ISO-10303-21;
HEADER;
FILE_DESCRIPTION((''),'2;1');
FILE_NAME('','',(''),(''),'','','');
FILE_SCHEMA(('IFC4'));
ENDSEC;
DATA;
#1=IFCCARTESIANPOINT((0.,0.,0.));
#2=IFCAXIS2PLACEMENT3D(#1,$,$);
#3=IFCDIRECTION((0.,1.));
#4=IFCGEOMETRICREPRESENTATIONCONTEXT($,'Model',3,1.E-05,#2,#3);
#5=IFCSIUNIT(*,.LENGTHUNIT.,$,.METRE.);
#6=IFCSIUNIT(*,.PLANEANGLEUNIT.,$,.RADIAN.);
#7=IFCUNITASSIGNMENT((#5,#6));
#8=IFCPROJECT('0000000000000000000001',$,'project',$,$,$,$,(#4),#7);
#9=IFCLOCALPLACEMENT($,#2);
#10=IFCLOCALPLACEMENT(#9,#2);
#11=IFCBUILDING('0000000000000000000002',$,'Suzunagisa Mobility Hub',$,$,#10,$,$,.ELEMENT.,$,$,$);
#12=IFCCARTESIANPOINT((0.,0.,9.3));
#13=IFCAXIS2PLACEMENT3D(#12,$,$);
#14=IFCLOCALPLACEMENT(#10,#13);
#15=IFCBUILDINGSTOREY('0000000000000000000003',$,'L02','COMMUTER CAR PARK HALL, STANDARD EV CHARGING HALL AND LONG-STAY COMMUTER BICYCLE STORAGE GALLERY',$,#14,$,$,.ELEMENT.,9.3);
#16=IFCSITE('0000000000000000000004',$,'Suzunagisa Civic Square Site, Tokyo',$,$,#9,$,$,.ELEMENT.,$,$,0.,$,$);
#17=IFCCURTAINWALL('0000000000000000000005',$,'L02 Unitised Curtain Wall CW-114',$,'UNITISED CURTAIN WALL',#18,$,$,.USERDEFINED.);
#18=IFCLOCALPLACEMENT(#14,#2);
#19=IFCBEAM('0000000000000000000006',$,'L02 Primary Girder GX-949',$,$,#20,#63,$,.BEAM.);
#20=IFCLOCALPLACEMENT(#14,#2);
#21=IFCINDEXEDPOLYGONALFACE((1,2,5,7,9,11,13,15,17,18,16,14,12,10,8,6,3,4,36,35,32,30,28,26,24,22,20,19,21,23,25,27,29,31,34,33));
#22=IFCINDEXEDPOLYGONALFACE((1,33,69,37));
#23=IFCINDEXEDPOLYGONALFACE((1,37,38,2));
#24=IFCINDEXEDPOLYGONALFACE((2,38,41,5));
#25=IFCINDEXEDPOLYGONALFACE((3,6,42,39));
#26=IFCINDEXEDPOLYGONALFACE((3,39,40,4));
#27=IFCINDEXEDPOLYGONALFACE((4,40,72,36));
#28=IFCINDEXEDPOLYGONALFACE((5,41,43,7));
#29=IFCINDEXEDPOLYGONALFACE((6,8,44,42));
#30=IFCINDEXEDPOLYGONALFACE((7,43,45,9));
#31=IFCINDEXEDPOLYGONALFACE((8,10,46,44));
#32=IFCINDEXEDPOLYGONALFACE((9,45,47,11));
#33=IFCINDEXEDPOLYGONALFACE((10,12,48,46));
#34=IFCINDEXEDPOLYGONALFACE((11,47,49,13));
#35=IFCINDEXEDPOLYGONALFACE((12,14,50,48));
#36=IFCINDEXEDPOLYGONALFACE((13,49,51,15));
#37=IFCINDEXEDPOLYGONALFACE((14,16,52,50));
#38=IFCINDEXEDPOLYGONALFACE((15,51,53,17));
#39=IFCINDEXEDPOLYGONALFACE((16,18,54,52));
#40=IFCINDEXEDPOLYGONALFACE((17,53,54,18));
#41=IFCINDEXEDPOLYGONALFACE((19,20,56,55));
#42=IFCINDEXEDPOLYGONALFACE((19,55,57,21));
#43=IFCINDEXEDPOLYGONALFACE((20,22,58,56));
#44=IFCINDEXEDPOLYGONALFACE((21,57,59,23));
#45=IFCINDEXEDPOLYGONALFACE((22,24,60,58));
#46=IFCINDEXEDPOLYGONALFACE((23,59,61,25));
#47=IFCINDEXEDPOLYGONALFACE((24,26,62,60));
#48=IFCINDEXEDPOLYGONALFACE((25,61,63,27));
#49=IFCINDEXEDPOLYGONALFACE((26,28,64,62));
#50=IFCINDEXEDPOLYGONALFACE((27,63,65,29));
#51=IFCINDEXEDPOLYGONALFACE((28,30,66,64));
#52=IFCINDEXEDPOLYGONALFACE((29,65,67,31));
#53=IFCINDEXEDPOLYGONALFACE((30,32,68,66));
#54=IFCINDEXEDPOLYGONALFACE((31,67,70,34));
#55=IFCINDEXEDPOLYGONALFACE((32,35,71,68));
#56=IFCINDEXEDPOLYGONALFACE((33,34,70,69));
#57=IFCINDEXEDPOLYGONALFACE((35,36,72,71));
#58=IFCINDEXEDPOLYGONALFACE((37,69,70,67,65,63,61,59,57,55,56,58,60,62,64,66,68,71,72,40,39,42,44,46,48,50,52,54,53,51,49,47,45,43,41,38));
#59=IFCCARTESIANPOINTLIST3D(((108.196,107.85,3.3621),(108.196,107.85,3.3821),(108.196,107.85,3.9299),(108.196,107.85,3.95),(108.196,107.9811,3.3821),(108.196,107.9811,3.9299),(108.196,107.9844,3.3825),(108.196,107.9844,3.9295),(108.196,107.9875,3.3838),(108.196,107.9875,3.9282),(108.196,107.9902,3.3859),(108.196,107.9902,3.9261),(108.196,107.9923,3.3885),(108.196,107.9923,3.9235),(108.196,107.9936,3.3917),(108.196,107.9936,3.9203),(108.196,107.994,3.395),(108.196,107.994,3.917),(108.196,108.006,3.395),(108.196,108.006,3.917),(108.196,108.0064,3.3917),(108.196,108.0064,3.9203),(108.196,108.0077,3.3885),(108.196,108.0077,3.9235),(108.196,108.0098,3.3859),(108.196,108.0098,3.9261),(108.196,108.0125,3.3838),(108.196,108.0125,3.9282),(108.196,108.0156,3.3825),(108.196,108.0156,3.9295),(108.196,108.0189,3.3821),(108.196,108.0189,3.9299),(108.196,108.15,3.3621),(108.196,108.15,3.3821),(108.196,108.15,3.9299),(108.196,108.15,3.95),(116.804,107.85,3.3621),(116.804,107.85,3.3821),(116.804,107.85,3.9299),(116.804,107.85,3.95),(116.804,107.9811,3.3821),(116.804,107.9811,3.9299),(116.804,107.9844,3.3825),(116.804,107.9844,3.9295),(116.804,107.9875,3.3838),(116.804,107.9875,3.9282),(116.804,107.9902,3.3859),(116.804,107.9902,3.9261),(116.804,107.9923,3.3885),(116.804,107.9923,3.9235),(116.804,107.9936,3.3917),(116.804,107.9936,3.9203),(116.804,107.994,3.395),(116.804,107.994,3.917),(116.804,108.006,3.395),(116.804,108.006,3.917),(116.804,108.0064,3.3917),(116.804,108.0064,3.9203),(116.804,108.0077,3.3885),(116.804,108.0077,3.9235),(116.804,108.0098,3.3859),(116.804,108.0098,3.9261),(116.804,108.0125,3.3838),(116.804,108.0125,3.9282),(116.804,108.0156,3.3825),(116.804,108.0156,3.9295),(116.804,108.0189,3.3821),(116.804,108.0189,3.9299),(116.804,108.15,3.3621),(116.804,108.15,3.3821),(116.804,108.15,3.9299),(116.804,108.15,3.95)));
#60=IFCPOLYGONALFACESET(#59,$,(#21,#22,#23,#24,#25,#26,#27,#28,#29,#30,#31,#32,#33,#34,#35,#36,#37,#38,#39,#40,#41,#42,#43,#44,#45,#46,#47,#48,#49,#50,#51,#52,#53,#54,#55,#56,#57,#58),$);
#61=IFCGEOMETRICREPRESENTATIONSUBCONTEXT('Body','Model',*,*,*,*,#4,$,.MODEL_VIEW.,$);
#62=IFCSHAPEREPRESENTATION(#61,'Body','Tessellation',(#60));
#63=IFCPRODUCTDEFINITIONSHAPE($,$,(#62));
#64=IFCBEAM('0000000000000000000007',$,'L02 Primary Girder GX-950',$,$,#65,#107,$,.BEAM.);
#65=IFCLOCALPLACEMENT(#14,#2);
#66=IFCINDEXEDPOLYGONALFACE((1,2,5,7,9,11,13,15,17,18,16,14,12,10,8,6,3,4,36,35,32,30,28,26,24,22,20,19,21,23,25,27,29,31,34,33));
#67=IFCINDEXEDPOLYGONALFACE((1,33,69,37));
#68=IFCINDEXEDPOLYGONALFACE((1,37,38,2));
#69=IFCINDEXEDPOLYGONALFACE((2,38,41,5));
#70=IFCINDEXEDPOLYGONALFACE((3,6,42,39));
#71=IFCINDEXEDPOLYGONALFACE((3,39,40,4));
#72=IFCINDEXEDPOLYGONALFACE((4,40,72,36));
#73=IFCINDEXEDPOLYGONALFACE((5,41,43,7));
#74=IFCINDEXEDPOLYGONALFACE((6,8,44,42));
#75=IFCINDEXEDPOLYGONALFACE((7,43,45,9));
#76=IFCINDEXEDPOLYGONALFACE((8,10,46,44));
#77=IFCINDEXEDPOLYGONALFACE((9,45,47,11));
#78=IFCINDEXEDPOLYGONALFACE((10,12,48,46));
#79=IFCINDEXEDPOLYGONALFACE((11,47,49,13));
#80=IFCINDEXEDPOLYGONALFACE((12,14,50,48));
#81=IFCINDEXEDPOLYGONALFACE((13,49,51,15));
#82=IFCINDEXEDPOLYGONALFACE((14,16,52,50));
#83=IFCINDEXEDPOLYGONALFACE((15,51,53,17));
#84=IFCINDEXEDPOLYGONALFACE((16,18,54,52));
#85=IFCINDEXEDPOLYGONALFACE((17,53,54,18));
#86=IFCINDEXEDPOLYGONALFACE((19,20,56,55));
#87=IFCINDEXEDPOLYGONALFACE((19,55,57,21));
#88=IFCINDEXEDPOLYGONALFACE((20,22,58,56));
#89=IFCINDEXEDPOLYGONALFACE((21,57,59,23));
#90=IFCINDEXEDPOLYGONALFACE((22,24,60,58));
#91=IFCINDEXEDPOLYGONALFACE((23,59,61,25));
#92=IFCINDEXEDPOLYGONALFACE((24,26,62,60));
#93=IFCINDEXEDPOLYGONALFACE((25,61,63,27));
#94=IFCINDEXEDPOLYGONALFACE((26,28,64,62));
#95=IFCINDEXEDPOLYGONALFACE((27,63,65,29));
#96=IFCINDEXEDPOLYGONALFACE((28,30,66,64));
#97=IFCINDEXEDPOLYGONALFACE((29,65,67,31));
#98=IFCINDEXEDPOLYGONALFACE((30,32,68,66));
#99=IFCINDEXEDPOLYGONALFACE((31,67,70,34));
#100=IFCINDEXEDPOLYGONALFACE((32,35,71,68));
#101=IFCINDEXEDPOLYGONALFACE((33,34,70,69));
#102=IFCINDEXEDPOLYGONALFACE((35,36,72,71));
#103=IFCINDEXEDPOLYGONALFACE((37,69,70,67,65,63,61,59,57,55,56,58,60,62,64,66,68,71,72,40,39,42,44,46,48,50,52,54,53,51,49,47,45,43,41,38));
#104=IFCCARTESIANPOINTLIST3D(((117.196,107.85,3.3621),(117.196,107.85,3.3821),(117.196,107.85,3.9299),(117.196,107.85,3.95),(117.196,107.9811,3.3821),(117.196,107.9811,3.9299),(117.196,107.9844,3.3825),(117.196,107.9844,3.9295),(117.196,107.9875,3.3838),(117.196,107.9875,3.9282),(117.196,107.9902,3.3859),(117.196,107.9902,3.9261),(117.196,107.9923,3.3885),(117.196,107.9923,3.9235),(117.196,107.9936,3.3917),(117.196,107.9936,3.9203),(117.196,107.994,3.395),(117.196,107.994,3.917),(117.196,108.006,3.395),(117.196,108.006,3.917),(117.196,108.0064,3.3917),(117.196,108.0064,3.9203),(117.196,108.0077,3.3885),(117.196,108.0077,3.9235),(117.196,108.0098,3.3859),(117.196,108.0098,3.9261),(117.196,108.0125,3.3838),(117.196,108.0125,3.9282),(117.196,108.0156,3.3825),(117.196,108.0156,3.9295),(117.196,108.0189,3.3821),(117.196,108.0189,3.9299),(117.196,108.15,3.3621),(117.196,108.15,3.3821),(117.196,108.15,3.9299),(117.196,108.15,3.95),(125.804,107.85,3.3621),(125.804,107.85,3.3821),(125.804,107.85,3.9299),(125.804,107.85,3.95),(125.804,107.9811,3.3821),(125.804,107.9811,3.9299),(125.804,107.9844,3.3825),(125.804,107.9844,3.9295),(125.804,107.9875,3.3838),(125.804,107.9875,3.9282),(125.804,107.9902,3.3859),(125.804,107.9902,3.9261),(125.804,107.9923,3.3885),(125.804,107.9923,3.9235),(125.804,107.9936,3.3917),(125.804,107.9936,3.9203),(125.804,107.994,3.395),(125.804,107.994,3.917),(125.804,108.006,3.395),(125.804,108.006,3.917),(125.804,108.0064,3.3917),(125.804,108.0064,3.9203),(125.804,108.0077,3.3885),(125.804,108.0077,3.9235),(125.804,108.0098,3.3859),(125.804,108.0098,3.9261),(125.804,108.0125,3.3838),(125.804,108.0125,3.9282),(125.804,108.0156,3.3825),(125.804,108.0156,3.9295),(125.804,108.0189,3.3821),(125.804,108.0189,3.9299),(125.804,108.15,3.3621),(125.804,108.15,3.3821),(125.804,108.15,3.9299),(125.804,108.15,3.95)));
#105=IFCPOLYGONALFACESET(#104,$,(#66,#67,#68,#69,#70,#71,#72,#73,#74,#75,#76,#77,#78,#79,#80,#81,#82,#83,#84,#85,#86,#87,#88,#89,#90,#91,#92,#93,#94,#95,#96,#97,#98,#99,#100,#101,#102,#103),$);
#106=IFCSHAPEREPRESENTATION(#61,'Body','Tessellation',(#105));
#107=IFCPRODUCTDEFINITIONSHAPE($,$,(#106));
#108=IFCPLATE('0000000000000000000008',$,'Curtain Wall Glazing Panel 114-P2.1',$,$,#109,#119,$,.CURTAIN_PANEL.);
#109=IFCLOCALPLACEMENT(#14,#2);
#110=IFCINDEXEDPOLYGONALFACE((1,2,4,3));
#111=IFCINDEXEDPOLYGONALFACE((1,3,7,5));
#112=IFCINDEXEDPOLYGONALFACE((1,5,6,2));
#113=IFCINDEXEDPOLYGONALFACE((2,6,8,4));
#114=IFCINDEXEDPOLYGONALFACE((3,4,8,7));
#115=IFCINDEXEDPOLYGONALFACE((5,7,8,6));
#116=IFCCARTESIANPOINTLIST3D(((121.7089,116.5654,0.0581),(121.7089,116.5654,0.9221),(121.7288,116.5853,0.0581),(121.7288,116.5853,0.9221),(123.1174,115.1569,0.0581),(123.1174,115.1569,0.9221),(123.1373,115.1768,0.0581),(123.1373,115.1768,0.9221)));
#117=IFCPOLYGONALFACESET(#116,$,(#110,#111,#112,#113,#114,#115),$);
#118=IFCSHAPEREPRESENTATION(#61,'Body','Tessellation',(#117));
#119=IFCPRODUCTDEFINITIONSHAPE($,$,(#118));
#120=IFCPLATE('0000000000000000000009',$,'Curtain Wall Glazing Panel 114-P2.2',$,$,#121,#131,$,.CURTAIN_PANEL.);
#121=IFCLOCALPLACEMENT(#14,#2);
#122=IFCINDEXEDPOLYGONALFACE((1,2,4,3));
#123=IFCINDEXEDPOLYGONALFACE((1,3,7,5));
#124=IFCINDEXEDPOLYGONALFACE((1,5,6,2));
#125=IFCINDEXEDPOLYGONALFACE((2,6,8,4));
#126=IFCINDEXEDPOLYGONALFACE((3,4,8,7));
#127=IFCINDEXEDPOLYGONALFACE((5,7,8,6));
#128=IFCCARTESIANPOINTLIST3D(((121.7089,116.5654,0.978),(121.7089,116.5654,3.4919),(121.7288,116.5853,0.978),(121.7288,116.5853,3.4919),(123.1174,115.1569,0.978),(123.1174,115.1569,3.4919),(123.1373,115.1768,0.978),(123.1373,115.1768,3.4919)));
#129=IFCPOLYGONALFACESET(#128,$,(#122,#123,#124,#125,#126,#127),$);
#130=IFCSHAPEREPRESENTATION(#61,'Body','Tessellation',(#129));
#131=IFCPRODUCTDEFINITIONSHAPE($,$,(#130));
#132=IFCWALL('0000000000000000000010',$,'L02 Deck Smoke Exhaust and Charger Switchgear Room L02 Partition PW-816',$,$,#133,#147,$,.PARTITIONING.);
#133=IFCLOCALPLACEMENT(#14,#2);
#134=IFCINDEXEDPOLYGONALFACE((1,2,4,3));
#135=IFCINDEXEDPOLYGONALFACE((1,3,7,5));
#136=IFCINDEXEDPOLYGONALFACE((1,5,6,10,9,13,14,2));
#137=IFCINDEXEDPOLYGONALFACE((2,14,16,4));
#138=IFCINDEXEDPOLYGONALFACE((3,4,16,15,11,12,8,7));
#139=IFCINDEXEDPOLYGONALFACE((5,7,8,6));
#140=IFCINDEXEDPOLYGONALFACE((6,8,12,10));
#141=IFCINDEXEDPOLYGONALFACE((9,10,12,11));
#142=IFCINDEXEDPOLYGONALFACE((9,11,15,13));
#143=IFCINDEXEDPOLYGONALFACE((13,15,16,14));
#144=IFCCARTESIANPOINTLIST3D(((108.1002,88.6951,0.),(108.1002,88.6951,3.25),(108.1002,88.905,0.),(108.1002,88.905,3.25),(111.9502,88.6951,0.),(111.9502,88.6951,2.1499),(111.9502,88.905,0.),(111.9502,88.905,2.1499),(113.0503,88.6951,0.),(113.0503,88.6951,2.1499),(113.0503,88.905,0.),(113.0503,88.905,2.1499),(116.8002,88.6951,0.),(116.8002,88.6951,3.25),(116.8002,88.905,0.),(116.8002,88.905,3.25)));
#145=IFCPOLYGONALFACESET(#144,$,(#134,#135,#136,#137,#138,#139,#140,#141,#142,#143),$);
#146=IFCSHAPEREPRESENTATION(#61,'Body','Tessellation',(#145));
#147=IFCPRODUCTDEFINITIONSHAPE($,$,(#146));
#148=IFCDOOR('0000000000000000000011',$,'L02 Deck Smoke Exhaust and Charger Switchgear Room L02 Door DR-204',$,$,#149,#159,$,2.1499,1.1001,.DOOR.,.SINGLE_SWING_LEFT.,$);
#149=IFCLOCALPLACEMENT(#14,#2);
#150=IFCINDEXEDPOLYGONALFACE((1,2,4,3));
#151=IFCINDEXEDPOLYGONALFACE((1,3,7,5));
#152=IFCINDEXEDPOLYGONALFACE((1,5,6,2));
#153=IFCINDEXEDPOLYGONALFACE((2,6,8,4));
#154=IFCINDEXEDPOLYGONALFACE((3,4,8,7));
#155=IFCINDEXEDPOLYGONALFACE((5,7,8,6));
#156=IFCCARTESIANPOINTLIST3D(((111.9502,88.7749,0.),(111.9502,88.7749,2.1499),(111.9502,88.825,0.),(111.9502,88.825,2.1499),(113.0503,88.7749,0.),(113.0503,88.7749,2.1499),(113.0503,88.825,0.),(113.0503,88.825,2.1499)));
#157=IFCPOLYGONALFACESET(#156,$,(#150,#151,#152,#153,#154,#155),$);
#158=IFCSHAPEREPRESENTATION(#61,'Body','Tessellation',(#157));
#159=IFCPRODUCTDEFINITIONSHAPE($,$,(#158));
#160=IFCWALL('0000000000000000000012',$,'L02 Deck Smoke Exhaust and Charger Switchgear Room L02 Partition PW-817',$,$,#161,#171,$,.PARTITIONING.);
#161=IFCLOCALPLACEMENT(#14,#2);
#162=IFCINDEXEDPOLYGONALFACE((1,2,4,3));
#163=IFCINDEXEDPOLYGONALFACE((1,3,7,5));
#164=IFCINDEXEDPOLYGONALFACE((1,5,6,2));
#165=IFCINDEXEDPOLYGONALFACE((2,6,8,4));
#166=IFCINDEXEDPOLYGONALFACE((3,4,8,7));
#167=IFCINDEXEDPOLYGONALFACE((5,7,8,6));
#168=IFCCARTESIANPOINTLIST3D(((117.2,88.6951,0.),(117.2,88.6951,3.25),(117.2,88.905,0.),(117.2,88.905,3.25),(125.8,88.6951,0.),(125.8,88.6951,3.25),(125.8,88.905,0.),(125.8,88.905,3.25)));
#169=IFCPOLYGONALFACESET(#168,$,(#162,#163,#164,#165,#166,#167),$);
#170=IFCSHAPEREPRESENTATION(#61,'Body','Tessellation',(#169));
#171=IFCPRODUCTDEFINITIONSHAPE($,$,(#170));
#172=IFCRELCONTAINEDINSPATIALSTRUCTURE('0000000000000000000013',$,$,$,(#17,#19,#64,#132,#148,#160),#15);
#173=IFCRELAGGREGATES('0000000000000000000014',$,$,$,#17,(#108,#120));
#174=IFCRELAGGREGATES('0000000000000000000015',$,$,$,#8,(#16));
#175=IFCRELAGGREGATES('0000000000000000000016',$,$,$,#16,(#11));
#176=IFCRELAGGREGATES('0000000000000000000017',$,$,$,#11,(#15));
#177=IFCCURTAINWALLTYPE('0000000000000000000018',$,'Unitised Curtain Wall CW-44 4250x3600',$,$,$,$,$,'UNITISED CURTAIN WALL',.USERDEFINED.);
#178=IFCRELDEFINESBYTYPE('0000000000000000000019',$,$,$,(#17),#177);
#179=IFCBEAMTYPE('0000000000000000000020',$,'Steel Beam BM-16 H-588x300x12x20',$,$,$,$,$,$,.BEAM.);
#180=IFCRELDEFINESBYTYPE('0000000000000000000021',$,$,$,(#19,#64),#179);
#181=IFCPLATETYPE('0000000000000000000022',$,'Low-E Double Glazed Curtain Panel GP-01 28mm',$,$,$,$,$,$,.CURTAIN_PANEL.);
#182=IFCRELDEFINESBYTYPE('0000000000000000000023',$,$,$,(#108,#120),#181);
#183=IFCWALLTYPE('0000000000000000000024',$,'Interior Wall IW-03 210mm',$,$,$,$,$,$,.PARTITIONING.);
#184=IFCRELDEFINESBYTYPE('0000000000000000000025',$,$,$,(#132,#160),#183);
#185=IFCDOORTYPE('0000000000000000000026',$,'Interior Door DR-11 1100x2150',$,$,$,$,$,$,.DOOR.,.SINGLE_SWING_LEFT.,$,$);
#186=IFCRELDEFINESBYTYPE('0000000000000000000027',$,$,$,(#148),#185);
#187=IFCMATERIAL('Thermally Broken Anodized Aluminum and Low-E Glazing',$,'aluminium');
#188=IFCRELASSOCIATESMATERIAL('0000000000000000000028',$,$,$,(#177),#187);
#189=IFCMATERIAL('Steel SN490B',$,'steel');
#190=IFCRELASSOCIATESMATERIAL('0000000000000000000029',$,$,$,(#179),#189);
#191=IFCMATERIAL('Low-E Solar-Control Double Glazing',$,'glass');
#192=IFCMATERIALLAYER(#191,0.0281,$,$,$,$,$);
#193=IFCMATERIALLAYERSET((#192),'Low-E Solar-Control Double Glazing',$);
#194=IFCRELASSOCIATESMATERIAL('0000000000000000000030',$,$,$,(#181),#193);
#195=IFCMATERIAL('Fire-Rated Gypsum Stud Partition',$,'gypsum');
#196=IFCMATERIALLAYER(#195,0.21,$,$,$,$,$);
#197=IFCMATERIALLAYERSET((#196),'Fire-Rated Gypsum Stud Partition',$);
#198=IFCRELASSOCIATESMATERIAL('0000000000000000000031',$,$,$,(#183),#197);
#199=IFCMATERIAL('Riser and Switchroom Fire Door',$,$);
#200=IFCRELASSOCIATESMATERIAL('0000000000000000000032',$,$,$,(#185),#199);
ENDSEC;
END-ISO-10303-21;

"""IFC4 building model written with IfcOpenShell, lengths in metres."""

from ifc_helpers import new_model, si_unit, direction, frame, frame_2d, origin, origin_2d, place, context, subcontext, project, spatial, rectangle, i_section, extrude, material, layer, layer_set, material_profile, profile_set, type_object, element, fill, aggregate, save


model = new_model("IFC4")

# Units and contexts
model_context = context("Model", 3, precision=1e-05, world=origin(), true_north=direction((0.0, 1.0)))
body_context = subcontext(model_context, "Body", "Model", "MODEL_VIEW")
ifc_project = project(units=[si_unit("LENGTHUNIT", "METRE"), si_unit("PLANEANGLEUNIT", "RADIAN")], contexts=[model_context])

# Site, building, storey
site_placement = place(None, origin())
site = spatial("IfcSite", under=ifc_project, at=site_placement, Name="Suzunagisa Civic Square Site, Tokyo", CompositionType="ELEMENT", RefElevation=0.0)
building_placement = place(site_placement, origin())
building = spatial("IfcBuilding", under=site, at=building_placement, Name="Suzunagisa Mobility Hub", CompositionType="ELEMENT")
storey_placement = place(building_placement, frame((0.0, 0.0, 9.3)))
storey = spatial("IfcBuildingStorey", under=building, at=storey_placement, Name="L02", Description="COMMUTER CAR PARK HALL, STANDARD EV CHARGING HALL AND LONG-STAY COMMUTER BICYCLE STORAGE GALLERY", CompositionType="ELEMENT", Elevation=9.3)

# Shared definitions
ifc_material_1 = material(Name="Steel SN490B", Category="steel")

# Curtain wall
ifc_material_2 = material(Name="Thermally Broken Anodized Aluminum and Low-E Glazing", Category="aluminium")
curtain_wall_type = type_object("IfcCurtainWallType", Name="Unitised Curtain Wall CW-44 4250x3600", ElementType="UNITISED CURTAIN WALL", PredefinedType="USERDEFINED", material=ifc_material_2)
curtain_wall_placement = place(storey_placement, origin())
curtain_wall = element("IfcCurtainWall", 1, at=curtain_wall_placement, inside=storey, type_object=curtain_wall_type, Name="L02 Unitised Curtain Wall CW-114", ObjectType="UNITISED CURTAIN WALL", PredefinedType="USERDEFINED")

# Beams
ifc_material_profile_1 = material_profile(ifc_material_1, i_section(OverallWidth=0.3, OverallDepth=0.5879, WebThickness=0.012, FlangeThickness=0.02, FilletRadius=0.0129, at=origin_2d()), Name="H-588x300x12x20")
ifc_profile_set_1 = profile_set([ifc_material_profile_1], Name="Steel SN490B")
beam_type_1 = type_object("IfcBeamType", Name="Steel Beam BM-16 H-588x300x12x20", PredefinedType="BEAM", material=ifc_profile_set_1)
for number, where, z_axis, x_axis, name in (
    (2, (108.196, 108.0, 3.656), (1.0, 0.0, 0.0), (0.0, 1.0, 0.0), "L02 Primary Girder GX-949"),
    (3, (117.196, 108.0, 3.656), (1.0, 0.0, 0.0), (0.0, 1.0, 0.0), "L02 Primary Girder GX-950"),
):
    element("IfcBeam", number, at=place(storey_placement, frame(where, z_axis=z_axis, x_axis=x_axis)), inside=storey, type_object=beam_type_1, Name=name, PredefinedType="BEAM", context=body_context, shape_type="SweptSolid", body=[
        extrude(i_section(OverallWidth=0.3, OverallDepth=0.5879, WebThickness=0.012, FlangeThickness=0.02, FilletRadius=0.0129, at=origin_2d()), origin(), (0.0, 0.0, 1.0), 8.6079),
    ])

# Plates
ifc_material_3 = material(Name="Low-E Solar-Control Double Glazing", Category="glass")
ifc_layer_1 = layer(ifc_material_3, 0.0281)
ifc_layer_set_1 = layer_set([ifc_layer_1], Name="Low-E Solar-Control Double Glazing")
plate_type = type_object("IfcPlateType", Name="Low-E Double Glazed Curtain Panel GP-01 28mm", PredefinedType="CURTAIN_PANEL", material=ifc_layer_set_1)
plate_1_placement = place(storey_placement, frame((122.4231, 115.8711, 0.0581), z_axis=(0.0, 0.0, 1.0), x_axis=(-0.707107, 0.707107, 0.0)))
plate_1 = element("IfcPlate", 4, at=plate_1_placement, type_object=plate_type, Name="Curtain Wall Glazing Panel 114-P2.1", PredefinedType="CURTAIN_PANEL", context=body_context, shape_type="SweptSolid", body=[
    extrude(rectangle(XDim=1.9919, YDim=0.0281, at=origin_2d()), origin(), (0.0, 0.0, 1.0), 0.864),
])
plate_2_placement = place(storey_placement, frame((122.4231, 115.8711, 0.978), z_axis=(0.0, 0.0, 1.0), x_axis=(-0.707107, 0.707107, 0.0)))
plate_2 = element("IfcPlate", 5, at=plate_2_placement, type_object=plate_type, Name="Curtain Wall Glazing Panel 114-P2.2", PredefinedType="CURTAIN_PANEL", context=body_context, shape_type="SweptSolid", body=[
    extrude(rectangle(XDim=1.9919, YDim=0.0281, at=origin_2d()), origin(), (0.0, 0.0, 1.0), 2.5139),
])
aggregate(curtain_wall, [plate_1, plate_2])

# Wall, opening, door
ifc_material_4 = material(Name="Fire-Rated Gypsum Stud Partition", Category="gypsum")
ifc_layer_2 = layer(ifc_material_4, 0.21)
ifc_layer_set_2 = layer_set([ifc_layer_2], Name="Fire-Rated Gypsum Stud Partition")
wall_type = type_object("IfcWallType", Name="Interior Wall IW-03 210mm", PredefinedType="PARTITIONING", material=ifc_layer_set_2)
wall_1_placement = place(storey_placement, frame((108.1001, 88.8, 0.0), z_axis=(0.0, 0.0, 1.0), x_axis=(1.0, 0.0, 0.0)))
wall_1 = element("IfcWall", 6, at=wall_1_placement, inside=storey, type_object=wall_type, Name="L02 Deck Smoke Exhaust and Charger Switchgear Room L02 Partition PW-816", PredefinedType="PARTITIONING", context=body_context, shape_type="SweptSolid", body=[
    extrude(rectangle(XDim=8.7, YDim=0.21, at=frame_2d((4.3501, 0.0))), origin(), (0.0, 0.0, 1.0), 3.25),
])
opening_placement = place(wall_1_placement, frame((3.8501, 0.0, 0.0)))
opening = element("IfcOpeningElement", 7, at=opening_placement, cuts=wall_1, PredefinedType="OPENING", context=body_context, shape_type="SweptSolid", body=[
    extrude(rectangle(XDim=1.1001, YDim=2.1499, at=frame_2d((0.55, 1.075))), frame((0.0, 0.116, 0.0), z_axis=(0.0, -1.0, 0.0), x_axis=(1.0, 0.0, 0.0)), (0.0, 0.0, 1.0), 0.2319),
])
ifc_material_5 = material(Name="Riser and Switchroom Fire Door")
door_type = type_object("IfcDoorType", Name="Interior Door DR-11 1100x2150", OperationType="SINGLE_SWING_LEFT", PredefinedType="DOOR", material=ifc_material_5)
door_placement = place(opening_placement, origin())
door = element("IfcDoor", 8, at=door_placement, inside=storey, type_object=door_type, Name="L02 Deck Smoke Exhaust and Charger Switchgear Room L02 Door DR-204", OperationType="SINGLE_SWING_LEFT", OverallHeight=2.1499, OverallWidth=1.1001, PredefinedType="DOOR", context=body_context, shape_type="SweptSolid", body=[
    extrude(rectangle(XDim=1.1001, YDim=2.1499, at=frame_2d((0.55, 1.075))), frame((0.0, 0.0249, 0.0), z_axis=(0.0, -1.0, 0.0), x_axis=(1.0, 0.0, 0.0)), (0.0, 0.0, 1.0), 0.05),
])
fill(opening, door)

# Wall
wall_2_placement = place(storey_placement, frame((117.2, 88.8, 0.0), z_axis=(0.0, 0.0, 1.0), x_axis=(1.0, 0.0, 0.0)))
element("IfcWall", 9, at=wall_2_placement, inside=storey, type_object=wall_type, Name="L02 Deck Smoke Exhaust and Charger Switchgear Room L02 Partition PW-817", PredefinedType="PARTITIONING", context=body_context, shape_type="SweptSolid", body=[
    extrude(rectangle(XDim=8.6001, YDim=0.21, at=frame_2d((4.3, 0.0))), origin(), (0.0, 0.0, 1.0), 3.25),
])

save(model, "model.ifc")
